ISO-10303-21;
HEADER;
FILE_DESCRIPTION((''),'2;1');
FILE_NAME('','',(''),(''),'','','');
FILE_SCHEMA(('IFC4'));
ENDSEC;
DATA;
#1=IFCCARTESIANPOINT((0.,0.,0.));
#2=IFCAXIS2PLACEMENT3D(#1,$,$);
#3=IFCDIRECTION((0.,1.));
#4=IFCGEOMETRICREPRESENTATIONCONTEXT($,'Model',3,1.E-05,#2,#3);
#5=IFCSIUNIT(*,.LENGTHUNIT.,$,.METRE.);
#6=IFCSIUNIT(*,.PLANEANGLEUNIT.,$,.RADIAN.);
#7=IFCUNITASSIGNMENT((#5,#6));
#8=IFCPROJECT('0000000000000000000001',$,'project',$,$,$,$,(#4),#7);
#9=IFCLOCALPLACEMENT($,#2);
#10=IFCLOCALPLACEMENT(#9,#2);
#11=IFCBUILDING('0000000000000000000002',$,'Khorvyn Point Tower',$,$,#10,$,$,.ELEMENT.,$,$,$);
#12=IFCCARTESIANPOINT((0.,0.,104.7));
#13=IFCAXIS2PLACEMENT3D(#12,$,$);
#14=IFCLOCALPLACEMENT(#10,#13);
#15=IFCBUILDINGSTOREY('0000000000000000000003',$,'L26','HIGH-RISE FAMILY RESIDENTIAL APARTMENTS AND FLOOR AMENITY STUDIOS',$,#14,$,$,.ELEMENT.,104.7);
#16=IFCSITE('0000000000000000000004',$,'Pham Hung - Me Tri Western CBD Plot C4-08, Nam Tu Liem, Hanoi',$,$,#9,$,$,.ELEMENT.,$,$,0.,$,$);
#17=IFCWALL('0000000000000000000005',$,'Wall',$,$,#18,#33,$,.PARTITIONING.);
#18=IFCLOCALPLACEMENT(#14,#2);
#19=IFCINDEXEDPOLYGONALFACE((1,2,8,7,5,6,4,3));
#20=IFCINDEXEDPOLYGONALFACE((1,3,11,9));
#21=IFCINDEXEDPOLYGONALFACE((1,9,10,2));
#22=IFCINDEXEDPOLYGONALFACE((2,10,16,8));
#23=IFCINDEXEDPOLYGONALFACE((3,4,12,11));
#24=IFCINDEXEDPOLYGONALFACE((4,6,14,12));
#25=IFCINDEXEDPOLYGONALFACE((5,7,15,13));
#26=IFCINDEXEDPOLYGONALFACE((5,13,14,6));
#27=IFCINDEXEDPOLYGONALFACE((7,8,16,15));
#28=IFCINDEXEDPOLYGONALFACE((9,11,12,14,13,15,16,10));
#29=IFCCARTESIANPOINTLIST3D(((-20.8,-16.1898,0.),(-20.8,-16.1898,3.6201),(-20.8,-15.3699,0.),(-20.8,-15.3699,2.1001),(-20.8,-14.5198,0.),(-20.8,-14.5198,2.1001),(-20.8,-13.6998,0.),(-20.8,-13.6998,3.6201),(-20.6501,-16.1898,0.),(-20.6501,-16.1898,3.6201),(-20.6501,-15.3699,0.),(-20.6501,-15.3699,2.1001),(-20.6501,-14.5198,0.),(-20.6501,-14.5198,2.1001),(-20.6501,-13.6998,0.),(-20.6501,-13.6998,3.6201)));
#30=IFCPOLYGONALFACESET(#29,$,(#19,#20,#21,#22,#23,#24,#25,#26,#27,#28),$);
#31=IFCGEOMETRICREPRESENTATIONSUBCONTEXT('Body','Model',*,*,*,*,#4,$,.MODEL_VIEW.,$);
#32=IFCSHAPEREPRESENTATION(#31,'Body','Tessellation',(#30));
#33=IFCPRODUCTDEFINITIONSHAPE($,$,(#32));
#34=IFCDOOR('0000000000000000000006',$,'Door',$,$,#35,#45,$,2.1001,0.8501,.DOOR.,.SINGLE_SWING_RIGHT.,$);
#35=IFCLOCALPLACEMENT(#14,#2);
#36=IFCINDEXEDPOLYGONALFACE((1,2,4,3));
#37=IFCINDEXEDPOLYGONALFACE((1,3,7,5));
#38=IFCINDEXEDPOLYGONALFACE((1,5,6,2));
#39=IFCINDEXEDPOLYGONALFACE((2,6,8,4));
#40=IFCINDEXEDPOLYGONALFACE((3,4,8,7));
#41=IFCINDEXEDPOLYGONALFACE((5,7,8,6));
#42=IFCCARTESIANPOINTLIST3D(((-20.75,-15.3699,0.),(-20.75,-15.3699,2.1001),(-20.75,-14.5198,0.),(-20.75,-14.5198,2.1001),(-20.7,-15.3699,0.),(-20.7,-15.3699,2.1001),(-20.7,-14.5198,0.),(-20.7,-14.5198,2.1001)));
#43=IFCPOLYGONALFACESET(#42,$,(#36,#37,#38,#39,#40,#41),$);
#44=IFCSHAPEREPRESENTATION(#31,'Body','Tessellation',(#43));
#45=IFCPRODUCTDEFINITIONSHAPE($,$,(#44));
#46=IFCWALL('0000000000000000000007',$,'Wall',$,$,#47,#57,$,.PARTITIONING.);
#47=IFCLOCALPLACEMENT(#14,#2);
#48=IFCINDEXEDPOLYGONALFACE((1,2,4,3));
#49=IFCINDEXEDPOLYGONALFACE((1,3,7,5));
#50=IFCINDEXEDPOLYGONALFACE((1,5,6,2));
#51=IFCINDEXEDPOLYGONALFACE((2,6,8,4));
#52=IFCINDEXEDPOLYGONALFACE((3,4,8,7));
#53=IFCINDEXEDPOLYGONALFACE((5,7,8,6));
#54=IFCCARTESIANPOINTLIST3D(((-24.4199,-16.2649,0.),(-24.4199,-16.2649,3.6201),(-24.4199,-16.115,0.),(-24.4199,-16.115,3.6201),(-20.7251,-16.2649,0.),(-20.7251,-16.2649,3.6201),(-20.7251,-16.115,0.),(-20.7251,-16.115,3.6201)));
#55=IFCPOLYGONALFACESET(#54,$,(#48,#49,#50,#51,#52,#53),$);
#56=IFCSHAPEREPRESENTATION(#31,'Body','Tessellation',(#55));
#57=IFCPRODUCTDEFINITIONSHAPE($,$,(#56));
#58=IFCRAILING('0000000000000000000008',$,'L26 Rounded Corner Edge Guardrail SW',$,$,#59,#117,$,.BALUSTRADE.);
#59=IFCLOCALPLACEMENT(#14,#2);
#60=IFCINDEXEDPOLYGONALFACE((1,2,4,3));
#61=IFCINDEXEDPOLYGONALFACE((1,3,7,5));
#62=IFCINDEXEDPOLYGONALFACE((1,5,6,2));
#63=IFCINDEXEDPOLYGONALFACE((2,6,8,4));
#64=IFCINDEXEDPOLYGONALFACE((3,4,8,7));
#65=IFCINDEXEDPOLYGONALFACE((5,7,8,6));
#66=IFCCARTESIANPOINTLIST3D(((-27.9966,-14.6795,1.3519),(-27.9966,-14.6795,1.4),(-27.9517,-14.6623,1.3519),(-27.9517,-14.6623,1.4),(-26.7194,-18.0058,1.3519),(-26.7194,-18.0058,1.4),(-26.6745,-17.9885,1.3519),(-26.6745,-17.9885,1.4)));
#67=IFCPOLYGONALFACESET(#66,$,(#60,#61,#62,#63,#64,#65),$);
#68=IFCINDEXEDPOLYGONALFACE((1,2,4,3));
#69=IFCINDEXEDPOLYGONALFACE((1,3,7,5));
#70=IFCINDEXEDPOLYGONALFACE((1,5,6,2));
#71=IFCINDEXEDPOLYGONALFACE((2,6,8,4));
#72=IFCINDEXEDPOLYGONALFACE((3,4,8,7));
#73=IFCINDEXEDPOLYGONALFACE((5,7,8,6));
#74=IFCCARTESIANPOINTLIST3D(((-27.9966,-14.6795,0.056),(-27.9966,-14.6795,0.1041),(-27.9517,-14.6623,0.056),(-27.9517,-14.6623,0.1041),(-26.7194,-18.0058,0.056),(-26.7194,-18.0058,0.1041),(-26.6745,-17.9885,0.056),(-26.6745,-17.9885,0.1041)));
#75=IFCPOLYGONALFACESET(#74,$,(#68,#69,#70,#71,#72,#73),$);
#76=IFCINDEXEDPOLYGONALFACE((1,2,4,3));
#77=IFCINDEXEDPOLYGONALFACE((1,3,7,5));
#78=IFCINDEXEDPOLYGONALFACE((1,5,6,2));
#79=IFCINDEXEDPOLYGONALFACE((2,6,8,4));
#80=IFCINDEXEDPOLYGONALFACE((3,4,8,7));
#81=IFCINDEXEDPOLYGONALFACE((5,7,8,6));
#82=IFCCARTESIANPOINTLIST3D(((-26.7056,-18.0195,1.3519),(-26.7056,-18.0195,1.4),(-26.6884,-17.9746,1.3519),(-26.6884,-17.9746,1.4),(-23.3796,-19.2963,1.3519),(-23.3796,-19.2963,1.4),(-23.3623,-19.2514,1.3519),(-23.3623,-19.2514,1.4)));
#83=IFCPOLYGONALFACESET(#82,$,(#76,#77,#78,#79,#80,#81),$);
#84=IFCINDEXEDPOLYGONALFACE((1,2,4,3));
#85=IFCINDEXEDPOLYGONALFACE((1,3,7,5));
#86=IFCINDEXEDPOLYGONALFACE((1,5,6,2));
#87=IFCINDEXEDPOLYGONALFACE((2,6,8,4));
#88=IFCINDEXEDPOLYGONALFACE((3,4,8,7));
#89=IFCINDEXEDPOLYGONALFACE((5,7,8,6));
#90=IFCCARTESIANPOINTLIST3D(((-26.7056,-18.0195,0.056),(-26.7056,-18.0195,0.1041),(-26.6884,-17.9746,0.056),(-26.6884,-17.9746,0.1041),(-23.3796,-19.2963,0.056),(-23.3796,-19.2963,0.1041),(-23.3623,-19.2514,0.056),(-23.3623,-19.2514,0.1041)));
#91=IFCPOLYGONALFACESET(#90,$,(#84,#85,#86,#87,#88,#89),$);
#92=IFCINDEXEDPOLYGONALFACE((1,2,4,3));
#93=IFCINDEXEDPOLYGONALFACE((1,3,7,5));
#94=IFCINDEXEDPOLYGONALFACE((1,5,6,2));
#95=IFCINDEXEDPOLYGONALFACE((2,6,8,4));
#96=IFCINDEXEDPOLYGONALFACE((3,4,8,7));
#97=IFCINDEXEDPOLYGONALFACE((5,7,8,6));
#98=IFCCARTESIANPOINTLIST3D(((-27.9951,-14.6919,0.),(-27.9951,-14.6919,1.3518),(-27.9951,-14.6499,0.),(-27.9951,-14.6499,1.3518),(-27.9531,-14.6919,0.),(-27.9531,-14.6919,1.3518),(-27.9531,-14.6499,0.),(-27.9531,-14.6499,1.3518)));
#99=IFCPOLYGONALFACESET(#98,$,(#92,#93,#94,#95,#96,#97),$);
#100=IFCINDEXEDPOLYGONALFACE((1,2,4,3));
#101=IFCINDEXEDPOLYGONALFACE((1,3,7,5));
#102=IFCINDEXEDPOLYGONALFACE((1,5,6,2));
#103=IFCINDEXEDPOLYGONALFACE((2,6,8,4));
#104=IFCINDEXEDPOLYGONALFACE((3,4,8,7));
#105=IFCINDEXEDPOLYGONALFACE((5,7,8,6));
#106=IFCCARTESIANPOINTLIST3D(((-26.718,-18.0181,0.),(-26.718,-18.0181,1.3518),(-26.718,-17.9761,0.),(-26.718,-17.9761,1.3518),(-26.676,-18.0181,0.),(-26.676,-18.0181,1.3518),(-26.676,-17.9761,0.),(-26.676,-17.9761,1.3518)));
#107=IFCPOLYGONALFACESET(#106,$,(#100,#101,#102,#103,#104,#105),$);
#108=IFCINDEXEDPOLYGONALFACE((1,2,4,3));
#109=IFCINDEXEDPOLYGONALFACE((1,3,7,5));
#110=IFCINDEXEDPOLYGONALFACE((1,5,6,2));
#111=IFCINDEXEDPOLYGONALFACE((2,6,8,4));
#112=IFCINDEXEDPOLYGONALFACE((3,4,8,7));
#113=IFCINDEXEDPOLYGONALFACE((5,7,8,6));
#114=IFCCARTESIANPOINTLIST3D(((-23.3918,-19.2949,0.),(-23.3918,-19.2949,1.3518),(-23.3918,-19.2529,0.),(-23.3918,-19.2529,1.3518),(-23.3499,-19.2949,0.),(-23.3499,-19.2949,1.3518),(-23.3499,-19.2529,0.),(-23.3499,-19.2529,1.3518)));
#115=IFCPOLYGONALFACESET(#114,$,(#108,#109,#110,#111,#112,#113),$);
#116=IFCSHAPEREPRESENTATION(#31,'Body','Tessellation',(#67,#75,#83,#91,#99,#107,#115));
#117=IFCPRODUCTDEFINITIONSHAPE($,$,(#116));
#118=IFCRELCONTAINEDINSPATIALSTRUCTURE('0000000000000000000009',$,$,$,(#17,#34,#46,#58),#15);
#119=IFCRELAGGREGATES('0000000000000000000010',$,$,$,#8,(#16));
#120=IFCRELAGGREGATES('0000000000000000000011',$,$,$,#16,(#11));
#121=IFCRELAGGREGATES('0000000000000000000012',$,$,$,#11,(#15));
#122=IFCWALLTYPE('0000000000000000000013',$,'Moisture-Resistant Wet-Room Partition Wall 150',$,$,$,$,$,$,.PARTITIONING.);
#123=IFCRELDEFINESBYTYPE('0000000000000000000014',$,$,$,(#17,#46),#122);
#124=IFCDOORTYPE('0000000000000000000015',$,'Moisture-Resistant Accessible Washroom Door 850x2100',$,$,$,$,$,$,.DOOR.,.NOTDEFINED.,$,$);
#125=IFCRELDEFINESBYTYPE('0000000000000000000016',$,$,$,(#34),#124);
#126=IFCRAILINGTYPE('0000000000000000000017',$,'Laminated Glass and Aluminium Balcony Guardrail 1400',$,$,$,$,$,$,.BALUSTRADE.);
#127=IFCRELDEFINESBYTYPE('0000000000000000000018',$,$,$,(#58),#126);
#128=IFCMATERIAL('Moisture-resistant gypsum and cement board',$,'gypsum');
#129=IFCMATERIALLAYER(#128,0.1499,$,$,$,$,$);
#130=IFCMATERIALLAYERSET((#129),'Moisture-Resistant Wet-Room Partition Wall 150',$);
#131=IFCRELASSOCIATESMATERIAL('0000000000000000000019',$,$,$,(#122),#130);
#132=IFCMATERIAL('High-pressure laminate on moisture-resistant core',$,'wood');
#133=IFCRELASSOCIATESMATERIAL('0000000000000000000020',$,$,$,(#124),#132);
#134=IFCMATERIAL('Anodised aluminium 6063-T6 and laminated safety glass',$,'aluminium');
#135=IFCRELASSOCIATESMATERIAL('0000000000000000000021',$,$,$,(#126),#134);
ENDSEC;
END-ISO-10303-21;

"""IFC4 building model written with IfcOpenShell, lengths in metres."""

from ifc_helpers import new_model, si_unit, direction, frame, frame_2d, origin, origin_2d, place, context, subcontext, project, spatial, rectangle, extrude, material, layer, layer_set, type_object, element, fill, save


model = new_model("IFC4")

# Units and contexts
model_context = context("Model", 3, precision=1e-05, world=origin(), true_north=direction((0.0, 1.0)))
body_context = subcontext(model_context, "Body", "Model", "MODEL_VIEW")
ifc_project = project(units=[si_unit("LENGTHUNIT", "METRE"), si_unit("PLANEANGLEUNIT", "RADIAN")], contexts=[model_context])

# Site, building, storey
site_placement = place(None, origin())
site = spatial("IfcSite", under=ifc_project, at=site_placement, Name="Pham Hung - Me Tri Western CBD Plot C4-08, Nam Tu Liem, Hanoi", CompositionType="ELEMENT", RefElevation=0.0)
building_placement = place(site_placement, origin())
building = spatial("IfcBuilding", under=site, at=building_placement, Name="Khorvyn Point Tower", CompositionType="ELEMENT")
storey_placement = place(building_placement, frame((0.0, 0.0, 104.7)))
storey = spatial("IfcBuildingStorey", under=building, at=storey_placement, Name="L26", Description="HIGH-RISE FAMILY RESIDENTIAL APARTMENTS AND FLOOR AMENITY STUDIOS", CompositionType="ELEMENT", Elevation=104.7)

# Wall, opening, door
ifc_material_1 = material(Name="Moisture-resistant gypsum and cement board", Category="gypsum")
ifc_layer_1 = layer(ifc_material_1, 0.1499)
ifc_layer_set_1 = layer_set([ifc_layer_1], Name="Moisture-Resistant Wet-Room Partition Wall 150")
wall_type_1 = type_object("IfcWallType", Name="Moisture-Resistant Wet-Room Partition Wall 150", PredefinedType="PARTITIONING", material=ifc_layer_set_1)
wall_1_placement = place(storey_placement, frame((-20.7251, -16.1899, 0.0), z_axis=(0.0, 0.0, 1.0), x_axis=(0.0, 1.0, 0.0)))
wall_1 = element("IfcWall", 1, at=wall_1_placement, inside=storey, type_object=wall_type_1, Name="Wall", PredefinedType="PARTITIONING", context=body_context, shape_type="SweptSolid", body=[
    extrude(rectangle(XDim=2.49, YDim=0.1499, at=frame_2d((1.2451, 0.0))), origin(), (0.0, 0.0, 1.0), 3.6201),
])
opening_1_placement = place(wall_1_placement, frame((0.8201, 0.0, 0.0)))
opening_1 = element("IfcOpeningElement", 2, at=opening_1_placement, cuts=wall_1, PredefinedType="OPENING", context=body_context, shape_type="SweptSolid", body=[
    extrude(rectangle(XDim=0.8501, YDim=2.1001, at=frame_2d((0.425, 1.05))), frame((0.0, 0.085, 0.0), z_axis=(0.0, -1.0, 0.0), x_axis=(1.0, 0.0, 0.0)), (0.0, 0.0, 1.0), 0.1699),
])
ifc_material_2 = material(Name="High-pressure laminate on moisture-resistant core", Category="wood")
door_type_1 = type_object("IfcDoorType", Name="Moisture-Resistant Accessible Washroom Door 850x2100", OperationType="NOTDEFINED", PredefinedType="DOOR", material=ifc_material_2)
door_1_placement = place(opening_1_placement, origin())
door_1 = element("IfcDoor", 3, at=door_1_placement, inside=storey, type_object=door_type_1, Name="Door", OperationType="SINGLE_SWING_RIGHT", OverallHeight=2.1001, OverallWidth=0.8501, PredefinedType="DOOR", context=body_context, shape_type="SweptSolid", body=[
    extrude(rectangle(XDim=0.8501, YDim=2.1001, at=frame_2d((0.425, 1.05))), frame((0.0, 0.0249, 0.0), z_axis=(0.0, -1.0, 0.0), x_axis=(1.0, 0.0, 0.0)), (0.0, 0.0, 1.0), 0.05),
])
fill(opening_1, door_1)

# Wall
wall_2_placement = place(storey_placement, frame((-24.4199, -16.1899, 0.0), z_axis=(0.0, 0.0, 1.0), x_axis=(1.0, 0.0, 0.0)))
element("IfcWall", 4, at=wall_2_placement, inside=storey, type_object=wall_type_1, Name="Wall", PredefinedType="PARTITIONING", context=body_context, shape_type="SweptSolid", body=[
    extrude(rectangle(XDim=3.6948, YDim=0.1499, at=frame_2d((1.8474, 0.0))), origin(), (0.0, 0.0, 1.0), 3.6201),
])

# Railing
ifc_material_3 = material(Name="Anodised aluminium 6063-T6 and laminated safety glass", Category="aluminium")
railing_type = type_object("IfcRailingType", Name="Laminated Glass and Aluminium Balcony Guardrail 1400", PredefinedType="BALUSTRADE", material=ifc_material_3)
railing_placement = place(storey_placement, frame((-27.9741, -14.6709, 0.0)))
element("IfcRailing", 5, at=railing_placement, inside=storey, type_object=railing_type, Name="L26 Rounded Corner Edge Guardrail SW", PredefinedType="BALUSTRADE", context=body_context, shape_type="SweptSolid", body=[
    extrude(rectangle(XDim=0.0481, YDim=0.0481, at=origin_2d()), frame((0.0, 0.0, 1.376), z_axis=(0.358442, -0.933552, 0.0), x_axis=(0.933552, 0.358442, 0.0)), (0.0, 0.0, 1.0), 3.563),
    extrude(rectangle(XDim=0.0481, YDim=0.0481, at=origin_2d()), frame((0.0, 0.0, 0.0801), z_axis=(0.358442, -0.933552, 0.0), x_axis=(0.933552, 0.358442, 0.0)), (0.0, 0.0, 1.0), 3.563),
    extrude(rectangle(XDim=0.0481, YDim=0.0481, at=origin_2d()), frame((1.2771, -3.3262, 1.376), z_axis=(0.933575, -0.358382, 0.0), x_axis=(0.358382, 0.933575, 0.0)), (0.0, 0.0, 1.0), 3.5627),
    extrude(rectangle(XDim=0.0481, YDim=0.0481, at=origin_2d()), frame((1.2771, -3.3262, 0.0801), z_axis=(0.933575, -0.358382, 0.0), x_axis=(0.358382, 0.933575, 0.0)), (0.0, 0.0, 1.0), 3.5627),
    extrude(rectangle(XDim=0.042, YDim=0.042, at=origin_2d()), origin(), (0.0, 0.0, 1.0), 1.3518),
    extrude(rectangle(XDim=0.042, YDim=0.042, at=origin_2d()), frame((1.2771, -3.3262, 0.0)), (0.0, 0.0, 1.0), 1.3518),
    extrude(rectangle(XDim=0.042, YDim=0.042, at=origin_2d()), frame((4.6033, -4.603, 0.0)), (0.0, 0.0, 1.0), 1.3518),
])

save(model, "model.ifc")
